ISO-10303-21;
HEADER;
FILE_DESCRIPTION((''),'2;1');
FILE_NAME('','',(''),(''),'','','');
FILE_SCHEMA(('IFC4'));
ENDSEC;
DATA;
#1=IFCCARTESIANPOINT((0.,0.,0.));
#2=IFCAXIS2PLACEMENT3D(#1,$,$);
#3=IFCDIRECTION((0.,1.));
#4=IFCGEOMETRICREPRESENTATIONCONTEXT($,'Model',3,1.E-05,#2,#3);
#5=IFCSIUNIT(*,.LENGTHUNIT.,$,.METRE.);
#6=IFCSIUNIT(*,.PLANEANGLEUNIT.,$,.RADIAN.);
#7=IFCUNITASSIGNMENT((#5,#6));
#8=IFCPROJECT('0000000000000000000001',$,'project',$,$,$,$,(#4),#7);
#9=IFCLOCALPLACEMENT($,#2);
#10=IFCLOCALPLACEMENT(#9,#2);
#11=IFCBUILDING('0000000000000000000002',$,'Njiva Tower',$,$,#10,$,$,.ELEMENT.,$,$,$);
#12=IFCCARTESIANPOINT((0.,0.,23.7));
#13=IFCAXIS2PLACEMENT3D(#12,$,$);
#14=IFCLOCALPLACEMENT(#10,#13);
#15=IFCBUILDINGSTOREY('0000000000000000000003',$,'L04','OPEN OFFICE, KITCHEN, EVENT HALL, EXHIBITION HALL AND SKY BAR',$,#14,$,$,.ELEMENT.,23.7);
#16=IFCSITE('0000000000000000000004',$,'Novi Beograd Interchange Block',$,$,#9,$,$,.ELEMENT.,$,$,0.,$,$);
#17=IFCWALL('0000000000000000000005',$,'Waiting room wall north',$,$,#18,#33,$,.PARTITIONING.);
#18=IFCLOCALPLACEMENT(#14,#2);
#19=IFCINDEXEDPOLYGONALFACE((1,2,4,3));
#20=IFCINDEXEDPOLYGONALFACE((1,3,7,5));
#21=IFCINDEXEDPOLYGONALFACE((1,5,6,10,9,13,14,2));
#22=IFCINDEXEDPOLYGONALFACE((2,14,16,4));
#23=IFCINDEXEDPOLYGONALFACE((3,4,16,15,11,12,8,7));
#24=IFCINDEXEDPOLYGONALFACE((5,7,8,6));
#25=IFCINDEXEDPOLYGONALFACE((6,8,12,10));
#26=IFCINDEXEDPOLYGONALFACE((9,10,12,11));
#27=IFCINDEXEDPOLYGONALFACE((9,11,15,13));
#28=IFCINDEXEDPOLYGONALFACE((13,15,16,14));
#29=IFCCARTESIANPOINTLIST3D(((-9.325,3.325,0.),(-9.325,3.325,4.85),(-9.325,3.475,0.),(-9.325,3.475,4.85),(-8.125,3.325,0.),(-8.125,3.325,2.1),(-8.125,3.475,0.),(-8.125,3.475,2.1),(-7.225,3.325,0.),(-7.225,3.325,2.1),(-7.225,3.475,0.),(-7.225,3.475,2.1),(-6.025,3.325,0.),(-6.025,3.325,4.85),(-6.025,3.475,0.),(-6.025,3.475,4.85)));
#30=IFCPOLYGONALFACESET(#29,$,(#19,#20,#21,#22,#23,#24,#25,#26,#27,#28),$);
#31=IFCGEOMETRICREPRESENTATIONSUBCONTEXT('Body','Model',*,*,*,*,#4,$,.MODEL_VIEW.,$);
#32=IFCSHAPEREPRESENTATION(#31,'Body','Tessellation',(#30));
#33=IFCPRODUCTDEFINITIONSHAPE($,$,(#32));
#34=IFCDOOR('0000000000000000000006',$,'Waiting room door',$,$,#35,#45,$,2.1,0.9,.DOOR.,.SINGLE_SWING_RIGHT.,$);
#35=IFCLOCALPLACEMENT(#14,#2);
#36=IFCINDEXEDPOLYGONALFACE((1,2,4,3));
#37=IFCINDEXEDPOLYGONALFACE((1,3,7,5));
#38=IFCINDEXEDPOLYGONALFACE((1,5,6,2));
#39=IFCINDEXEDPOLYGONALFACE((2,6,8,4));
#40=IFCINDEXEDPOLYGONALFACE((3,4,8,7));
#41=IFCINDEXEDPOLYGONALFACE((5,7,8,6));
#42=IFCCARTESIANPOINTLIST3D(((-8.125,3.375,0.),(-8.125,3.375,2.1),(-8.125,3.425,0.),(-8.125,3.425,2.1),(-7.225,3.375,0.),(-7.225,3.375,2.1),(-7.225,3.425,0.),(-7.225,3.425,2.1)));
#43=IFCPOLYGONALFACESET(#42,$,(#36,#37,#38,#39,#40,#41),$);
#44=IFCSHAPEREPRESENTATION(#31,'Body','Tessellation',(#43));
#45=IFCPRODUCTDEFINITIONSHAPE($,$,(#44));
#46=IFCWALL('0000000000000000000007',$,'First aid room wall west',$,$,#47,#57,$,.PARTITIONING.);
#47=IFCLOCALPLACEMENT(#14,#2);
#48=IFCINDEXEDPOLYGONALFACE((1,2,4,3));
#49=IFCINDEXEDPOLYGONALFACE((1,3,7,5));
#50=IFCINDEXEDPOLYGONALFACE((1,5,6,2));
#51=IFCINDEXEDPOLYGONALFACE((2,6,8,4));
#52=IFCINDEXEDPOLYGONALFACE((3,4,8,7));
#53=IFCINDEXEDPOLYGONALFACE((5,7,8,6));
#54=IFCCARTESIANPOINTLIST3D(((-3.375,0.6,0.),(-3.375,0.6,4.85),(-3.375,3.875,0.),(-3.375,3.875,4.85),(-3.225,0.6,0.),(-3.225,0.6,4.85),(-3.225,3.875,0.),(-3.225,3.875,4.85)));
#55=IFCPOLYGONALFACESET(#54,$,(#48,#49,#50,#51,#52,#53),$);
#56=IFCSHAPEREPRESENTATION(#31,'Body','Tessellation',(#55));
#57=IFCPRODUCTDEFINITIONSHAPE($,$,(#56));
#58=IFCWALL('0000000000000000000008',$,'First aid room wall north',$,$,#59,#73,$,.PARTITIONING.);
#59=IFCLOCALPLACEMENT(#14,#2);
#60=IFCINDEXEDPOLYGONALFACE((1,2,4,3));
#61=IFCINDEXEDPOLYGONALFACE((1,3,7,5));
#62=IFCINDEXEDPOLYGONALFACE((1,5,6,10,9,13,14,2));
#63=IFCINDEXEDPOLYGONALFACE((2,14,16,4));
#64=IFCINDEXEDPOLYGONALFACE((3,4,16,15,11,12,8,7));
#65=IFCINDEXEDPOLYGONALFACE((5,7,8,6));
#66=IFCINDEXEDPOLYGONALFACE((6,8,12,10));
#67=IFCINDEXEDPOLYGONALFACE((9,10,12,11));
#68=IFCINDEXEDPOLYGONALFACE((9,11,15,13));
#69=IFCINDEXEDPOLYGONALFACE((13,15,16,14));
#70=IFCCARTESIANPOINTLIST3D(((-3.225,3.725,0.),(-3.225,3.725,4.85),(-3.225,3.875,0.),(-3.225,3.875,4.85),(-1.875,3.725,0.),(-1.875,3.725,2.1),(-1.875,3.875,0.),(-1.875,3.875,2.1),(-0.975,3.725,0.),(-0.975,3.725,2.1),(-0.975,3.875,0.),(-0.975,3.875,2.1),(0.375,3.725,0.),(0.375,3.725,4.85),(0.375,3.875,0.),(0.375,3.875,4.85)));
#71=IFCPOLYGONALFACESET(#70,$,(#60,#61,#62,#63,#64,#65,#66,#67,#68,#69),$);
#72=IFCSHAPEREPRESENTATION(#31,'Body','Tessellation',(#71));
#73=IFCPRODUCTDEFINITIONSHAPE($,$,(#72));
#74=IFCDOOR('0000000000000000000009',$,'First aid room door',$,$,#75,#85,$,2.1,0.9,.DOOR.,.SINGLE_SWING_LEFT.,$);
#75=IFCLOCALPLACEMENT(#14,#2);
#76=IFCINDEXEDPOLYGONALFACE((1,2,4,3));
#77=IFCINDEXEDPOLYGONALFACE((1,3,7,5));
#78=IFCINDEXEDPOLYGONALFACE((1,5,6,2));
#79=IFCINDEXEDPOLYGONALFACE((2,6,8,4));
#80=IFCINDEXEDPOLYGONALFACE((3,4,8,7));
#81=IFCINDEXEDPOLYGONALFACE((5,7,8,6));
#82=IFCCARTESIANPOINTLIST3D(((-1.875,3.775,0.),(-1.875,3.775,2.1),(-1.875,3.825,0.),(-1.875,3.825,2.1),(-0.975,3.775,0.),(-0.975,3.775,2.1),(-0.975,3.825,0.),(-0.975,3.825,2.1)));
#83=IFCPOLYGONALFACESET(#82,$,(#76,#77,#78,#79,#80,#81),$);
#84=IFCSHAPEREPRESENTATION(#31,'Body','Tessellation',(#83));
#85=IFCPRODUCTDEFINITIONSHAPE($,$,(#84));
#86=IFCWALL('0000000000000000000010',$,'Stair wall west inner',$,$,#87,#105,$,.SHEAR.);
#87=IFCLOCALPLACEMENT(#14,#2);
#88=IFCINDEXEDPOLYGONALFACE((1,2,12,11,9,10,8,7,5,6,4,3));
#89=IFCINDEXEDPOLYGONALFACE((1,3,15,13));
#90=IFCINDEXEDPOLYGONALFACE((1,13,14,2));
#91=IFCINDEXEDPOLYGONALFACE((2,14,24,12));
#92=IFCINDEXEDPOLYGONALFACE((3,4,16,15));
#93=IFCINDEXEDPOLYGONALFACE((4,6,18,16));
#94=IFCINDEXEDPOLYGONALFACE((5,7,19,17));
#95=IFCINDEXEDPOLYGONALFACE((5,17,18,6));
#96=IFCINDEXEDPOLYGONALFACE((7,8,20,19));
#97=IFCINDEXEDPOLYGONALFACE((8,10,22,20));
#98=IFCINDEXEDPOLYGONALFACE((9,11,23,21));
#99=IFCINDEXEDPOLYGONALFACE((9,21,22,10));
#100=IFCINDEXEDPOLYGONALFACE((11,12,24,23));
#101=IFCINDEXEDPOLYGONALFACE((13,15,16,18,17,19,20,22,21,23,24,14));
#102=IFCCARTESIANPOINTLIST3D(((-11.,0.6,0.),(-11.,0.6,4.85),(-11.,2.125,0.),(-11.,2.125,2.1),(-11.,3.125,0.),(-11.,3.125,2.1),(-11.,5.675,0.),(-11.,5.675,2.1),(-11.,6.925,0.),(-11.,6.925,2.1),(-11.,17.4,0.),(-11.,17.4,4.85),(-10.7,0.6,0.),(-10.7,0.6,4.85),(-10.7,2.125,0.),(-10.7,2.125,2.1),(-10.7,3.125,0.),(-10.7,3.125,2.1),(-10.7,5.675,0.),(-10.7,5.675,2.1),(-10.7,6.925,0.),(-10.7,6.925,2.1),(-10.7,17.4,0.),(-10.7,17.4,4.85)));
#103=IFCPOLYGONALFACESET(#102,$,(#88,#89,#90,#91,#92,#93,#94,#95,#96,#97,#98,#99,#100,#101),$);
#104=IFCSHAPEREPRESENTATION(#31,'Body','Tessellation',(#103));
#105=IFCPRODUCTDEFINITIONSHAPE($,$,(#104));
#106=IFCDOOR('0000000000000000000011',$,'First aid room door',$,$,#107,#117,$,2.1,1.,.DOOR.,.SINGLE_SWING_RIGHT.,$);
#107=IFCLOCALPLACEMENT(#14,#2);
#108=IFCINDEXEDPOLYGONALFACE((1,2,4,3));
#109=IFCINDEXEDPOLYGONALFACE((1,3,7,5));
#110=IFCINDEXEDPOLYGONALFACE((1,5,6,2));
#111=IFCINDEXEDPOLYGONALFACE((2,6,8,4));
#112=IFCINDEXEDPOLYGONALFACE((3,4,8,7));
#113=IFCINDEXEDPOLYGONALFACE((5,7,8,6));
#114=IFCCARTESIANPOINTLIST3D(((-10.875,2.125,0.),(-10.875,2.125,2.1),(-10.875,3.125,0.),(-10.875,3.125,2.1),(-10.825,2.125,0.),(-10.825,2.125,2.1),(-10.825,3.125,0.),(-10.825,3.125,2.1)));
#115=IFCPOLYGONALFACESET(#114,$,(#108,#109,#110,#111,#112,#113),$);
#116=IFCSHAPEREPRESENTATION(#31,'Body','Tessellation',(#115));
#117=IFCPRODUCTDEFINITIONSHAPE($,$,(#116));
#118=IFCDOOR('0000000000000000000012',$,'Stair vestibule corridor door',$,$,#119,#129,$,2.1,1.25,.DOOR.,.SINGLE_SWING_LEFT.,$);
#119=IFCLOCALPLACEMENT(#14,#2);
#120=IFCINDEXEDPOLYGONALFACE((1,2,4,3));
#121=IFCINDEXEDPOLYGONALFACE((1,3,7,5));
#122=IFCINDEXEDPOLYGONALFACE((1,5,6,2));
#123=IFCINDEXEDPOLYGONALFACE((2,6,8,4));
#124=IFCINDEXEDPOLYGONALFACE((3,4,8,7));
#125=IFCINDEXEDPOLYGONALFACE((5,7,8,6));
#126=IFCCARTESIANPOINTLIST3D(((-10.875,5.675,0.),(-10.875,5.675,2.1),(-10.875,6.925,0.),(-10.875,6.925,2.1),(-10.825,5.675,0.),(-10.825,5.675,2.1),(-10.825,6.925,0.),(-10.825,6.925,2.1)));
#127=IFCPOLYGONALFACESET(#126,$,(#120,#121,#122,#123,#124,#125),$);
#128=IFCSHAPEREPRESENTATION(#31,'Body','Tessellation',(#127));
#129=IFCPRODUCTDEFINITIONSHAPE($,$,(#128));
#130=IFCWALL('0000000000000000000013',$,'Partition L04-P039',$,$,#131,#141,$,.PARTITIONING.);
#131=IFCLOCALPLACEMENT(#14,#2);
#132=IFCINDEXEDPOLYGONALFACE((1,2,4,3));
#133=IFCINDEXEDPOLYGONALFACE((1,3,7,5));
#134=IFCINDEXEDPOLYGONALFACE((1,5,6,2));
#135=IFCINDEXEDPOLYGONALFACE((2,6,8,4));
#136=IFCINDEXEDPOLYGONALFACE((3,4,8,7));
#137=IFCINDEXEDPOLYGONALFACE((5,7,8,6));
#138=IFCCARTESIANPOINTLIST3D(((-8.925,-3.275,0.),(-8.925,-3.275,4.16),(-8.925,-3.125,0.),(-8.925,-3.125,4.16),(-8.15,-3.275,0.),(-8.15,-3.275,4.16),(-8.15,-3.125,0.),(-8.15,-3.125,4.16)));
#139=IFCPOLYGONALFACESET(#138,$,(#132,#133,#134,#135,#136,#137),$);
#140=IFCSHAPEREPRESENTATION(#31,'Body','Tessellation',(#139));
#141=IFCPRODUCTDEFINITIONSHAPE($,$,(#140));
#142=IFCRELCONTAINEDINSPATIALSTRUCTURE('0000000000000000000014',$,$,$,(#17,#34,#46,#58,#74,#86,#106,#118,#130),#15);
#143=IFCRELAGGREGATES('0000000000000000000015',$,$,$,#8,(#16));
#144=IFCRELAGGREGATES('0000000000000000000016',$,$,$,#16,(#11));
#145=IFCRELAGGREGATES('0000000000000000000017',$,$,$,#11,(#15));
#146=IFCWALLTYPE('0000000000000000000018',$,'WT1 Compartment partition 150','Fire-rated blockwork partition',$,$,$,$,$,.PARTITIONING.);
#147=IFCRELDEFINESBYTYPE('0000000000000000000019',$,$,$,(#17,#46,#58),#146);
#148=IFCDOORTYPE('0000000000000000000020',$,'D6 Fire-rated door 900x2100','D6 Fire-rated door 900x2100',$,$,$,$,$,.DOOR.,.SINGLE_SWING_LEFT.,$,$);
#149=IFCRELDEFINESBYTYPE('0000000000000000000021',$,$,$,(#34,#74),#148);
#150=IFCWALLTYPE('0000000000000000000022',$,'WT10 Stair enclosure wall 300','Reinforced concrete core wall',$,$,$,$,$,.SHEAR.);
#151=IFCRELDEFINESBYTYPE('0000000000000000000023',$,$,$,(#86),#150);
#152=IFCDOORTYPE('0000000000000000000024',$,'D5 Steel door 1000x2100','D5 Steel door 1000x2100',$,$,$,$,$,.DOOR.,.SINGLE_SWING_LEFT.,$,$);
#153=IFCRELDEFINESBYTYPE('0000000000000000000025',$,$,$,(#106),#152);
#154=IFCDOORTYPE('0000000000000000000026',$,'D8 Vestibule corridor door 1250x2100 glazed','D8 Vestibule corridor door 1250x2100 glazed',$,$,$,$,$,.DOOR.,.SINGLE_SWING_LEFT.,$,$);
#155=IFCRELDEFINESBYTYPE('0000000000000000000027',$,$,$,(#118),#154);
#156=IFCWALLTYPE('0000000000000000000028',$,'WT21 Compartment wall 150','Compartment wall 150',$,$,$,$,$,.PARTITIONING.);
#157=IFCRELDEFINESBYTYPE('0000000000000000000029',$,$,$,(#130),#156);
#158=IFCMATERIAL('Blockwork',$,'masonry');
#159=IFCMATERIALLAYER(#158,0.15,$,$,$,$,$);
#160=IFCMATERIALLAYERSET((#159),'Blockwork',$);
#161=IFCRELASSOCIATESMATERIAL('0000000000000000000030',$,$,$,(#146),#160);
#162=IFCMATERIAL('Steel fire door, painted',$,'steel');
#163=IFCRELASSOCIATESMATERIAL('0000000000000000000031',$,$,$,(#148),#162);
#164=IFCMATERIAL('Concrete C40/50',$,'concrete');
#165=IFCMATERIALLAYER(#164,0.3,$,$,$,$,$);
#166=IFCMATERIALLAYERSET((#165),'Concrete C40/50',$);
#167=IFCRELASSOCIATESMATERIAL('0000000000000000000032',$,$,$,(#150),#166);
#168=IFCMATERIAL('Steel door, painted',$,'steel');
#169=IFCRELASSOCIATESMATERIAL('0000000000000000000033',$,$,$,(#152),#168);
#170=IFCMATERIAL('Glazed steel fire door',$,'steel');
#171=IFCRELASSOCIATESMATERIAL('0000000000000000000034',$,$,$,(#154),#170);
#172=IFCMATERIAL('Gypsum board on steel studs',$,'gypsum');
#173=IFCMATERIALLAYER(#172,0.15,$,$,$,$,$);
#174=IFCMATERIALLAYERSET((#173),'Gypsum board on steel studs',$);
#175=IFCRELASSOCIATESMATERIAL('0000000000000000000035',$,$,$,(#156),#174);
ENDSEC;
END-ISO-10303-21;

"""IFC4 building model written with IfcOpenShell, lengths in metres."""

from ifc_helpers import new_model, si_unit, direction, frame, frame_2d, origin, place, context, subcontext, project, spatial, rectangle, extrude, material, layer, layer_set, type_object, element, fill, save


model = new_model("IFC4")

# Units and contexts
model_context = context("Model", 3, precision=1e-05, world=origin(), true_north=direction((0.0, 1.0)))
body_context = subcontext(model_context, "Body", "Model", "MODEL_VIEW")
ifc_project = project(units=[si_unit("LENGTHUNIT", "METRE"), si_unit("PLANEANGLEUNIT", "RADIAN")], contexts=[model_context])

# Site, building, storey
site_placement = place(None, origin())
site = spatial("IfcSite", under=ifc_project, at=site_placement, Name="Novi Beograd Interchange Block", CompositionType="ELEMENT", RefElevation=0.0)
building_placement = place(site_placement, origin())
building = spatial("IfcBuilding", under=site, at=building_placement, Name="Njiva Tower", CompositionType="ELEMENT")
storey_placement = place(building_placement, frame((0.0, 0.0, 23.7)))
storey = spatial("IfcBuildingStorey", under=building, at=storey_placement, Name="L04", Description="OPEN OFFICE, KITCHEN, EVENT HALL, EXHIBITION HALL AND SKY BAR", CompositionType="ELEMENT", Elevation=23.7)

# Shared definitions
ifc_material_1 = material(Name="Blockwork", Category="masonry")
ifc_layer_1 = layer(ifc_material_1, 0.15)
ifc_layer_set_1 = layer_set([ifc_layer_1], Name="Blockwork")
wall_type_1 = type_object("IfcWallType", Name="WT1 Compartment partition 150", Description="Fire-rated blockwork partition", PredefinedType="PARTITIONING", material=ifc_layer_set_1)

# Wall, opening, door
wall_1_placement = place(storey_placement, frame((-9.325, 3.4, 0.0), z_axis=(0.0, 0.0, 1.0), x_axis=(1.0, 0.0, 0.0)))
wall_1 = element("IfcWall", 1, at=wall_1_placement, inside=storey, type_object=wall_type_1, Name="Waiting room wall north", PredefinedType="PARTITIONING", context=body_context, shape_type="SweptSolid", body=[
    extrude(rectangle(XDim=3.3, YDim=0.15, at=frame_2d((1.65, 0.0))), origin(), (0.0, 0.0, 1.0), 4.85),
])
opening_1_placement = place(wall_1_placement, frame((1.2, 0.0, 0.0)))
opening_1 = element("IfcOpeningElement", 2, at=opening_1_placement, cuts=wall_1, PredefinedType="OPENING", context=body_context, shape_type="SweptSolid", body=[
    extrude(rectangle(XDim=0.9, YDim=2.1, at=frame_2d((0.45, 1.05))), frame((0.0, 0.085, 0.0), z_axis=(0.0, -1.0, 0.0), x_axis=(1.0, 0.0, 0.0)), (0.0, 0.0, 1.0), 0.17),
])
ifc_material_2 = material(Name="Steel fire door, painted", Category="steel")
door_type_1 = type_object("IfcDoorType", Name="D6 Fire-rated door 900x2100", Description="D6 Fire-rated door 900x2100", OperationType="SINGLE_SWING_LEFT", PredefinedType="DOOR", material=ifc_material_2)
door_1_placement = place(opening_1_placement, origin())
door_1 = element("IfcDoor", 3, at=door_1_placement, inside=storey, type_object=door_type_1, Name="Waiting room door", OperationType="SINGLE_SWING_RIGHT", OverallHeight=2.1, OverallWidth=0.9, PredefinedType="DOOR", context=body_context, shape_type="SweptSolid", body=[
    extrude(rectangle(XDim=0.9, YDim=2.1, at=frame_2d((0.45, 1.05))), frame((0.0, 0.025, 0.0), z_axis=(0.0, -1.0, 0.0), x_axis=(1.0, 0.0, 0.0)), (0.0, 0.0, 1.0), 0.05),
])
fill(opening_1, door_1)

# Wall
wall_2_placement = place(storey_placement, frame((-3.3, 0.6, 0.0), z_axis=(0.0, 0.0, 1.0), x_axis=(0.0, 1.0, 0.0)))
element("IfcWall", 4, at=wall_2_placement, inside=storey, type_object=wall_type_1, Name="First aid room wall west", PredefinedType="PARTITIONING", context=body_context, shape_type="SweptSolid", body=[
    extrude(rectangle(XDim=3.275, YDim=0.15, at=frame_2d((1.6375, 0.0))), origin(), (0.0, 0.0, 1.0), 4.85),
])

# Wall, opening, door
wall_3_placement = place(storey_placement, frame((-3.225, 3.8, 0.0), z_axis=(0.0, 0.0, 1.0), x_axis=(1.0, 0.0, 0.0)))
wall_3 = element("IfcWall", 5, at=wall_3_placement, inside=storey, type_object=wall_type_1, Name="First aid room wall north", PredefinedType="PARTITIONING", context=body_context, shape_type="SweptSolid", body=[
    extrude(rectangle(XDim=3.6, YDim=0.15, at=frame_2d((1.8, 0.0))), origin(), (0.0, 0.0, 1.0), 4.85),
])
opening_2_placement = place(wall_3_placement, frame((1.35, 0.0, 0.0)))
opening_2 = element("IfcOpeningElement", 6, at=opening_2_placement, cuts=wall_3, PredefinedType="OPENING", context=body_context, shape_type="SweptSolid", body=[
    extrude(rectangle(XDim=0.9, YDim=2.1, at=frame_2d((0.45, 1.05))), frame((0.0, 0.085, 0.0), z_axis=(0.0, -1.0, 0.0), x_axis=(1.0, 0.0, 0.0)), (0.0, 0.0, 1.0), 0.17),
])
door_2_placement = place(opening_2_placement, origin())
door_2 = element("IfcDoor", 7, at=door_2_placement, inside=storey, type_object=door_type_1, Name="First aid room door", OperationType="SINGLE_SWING_LEFT", OverallHeight=2.1, OverallWidth=0.9, PredefinedType="DOOR", context=body_context, shape_type="SweptSolid", body=[
    extrude(rectangle(XDim=0.9, YDim=2.1, at=frame_2d((0.45, 1.05))), frame((0.0, 0.025, 0.0), z_axis=(0.0, -1.0, 0.0), x_axis=(1.0, 0.0, 0.0)), (0.0, 0.0, 1.0), 0.05),
])
fill(opening_2, door_2)

# Wall, openings, doors
ifc_material_3 = material(Name="Concrete C40/50", Category="concrete")
ifc_layer_2 = layer(ifc_material_3, 0.3)
ifc_layer_set_2 = layer_set([ifc_layer_2], Name="Concrete C40/50")
wall_type_2 = type_object("IfcWallType", Name="WT10 Stair enclosure wall 300", Description="Reinforced concrete core wall", PredefinedType="SHEAR", material=ifc_layer_set_2)
wall_4_placement = place(storey_placement, frame((-10.85, 0.6, 0.0), z_axis=(0.0, 0.0, 1.0), x_axis=(0.0, 1.0, 0.0)))
wall_4 = element("IfcWall", 8, at=wall_4_placement, inside=storey, type_object=wall_type_2, Name="Stair wall west inner", PredefinedType="SHEAR", context=body_context, shape_type="SweptSolid", body=[
    extrude(rectangle(XDim=16.8, YDim=0.3, at=frame_2d((8.4, 0.0))), origin(), (0.0, 0.0, 1.0), 4.85),
])
opening_3_placement = place(wall_4_placement, frame((5.075, 0.0, 0.0)))
opening_3 = element("IfcOpeningElement", 9, at=opening_3_placement, cuts=wall_4, PredefinedType="OPENING", context=body_context, shape_type="SweptSolid", body=[
    extrude(rectangle(XDim=1.25, YDim=2.1, at=frame_2d((0.625, 1.05))), frame((0.0, 0.16, 0.0), z_axis=(0.0, -1.0, 0.0), x_axis=(1.0, 0.0, 0.0)), (0.0, 0.0, 1.0), 0.32),
])
opening_4_placement = place(wall_4_placement, frame((1.525, 0.0, 0.0)))
opening_4 = element("IfcOpeningElement", 10, at=opening_4_placement, cuts=wall_4, PredefinedType="OPENING", context=body_context, shape_type="SweptSolid", body=[
    extrude(rectangle(XDim=1.0, YDim=2.1, at=frame_2d((0.5, 1.05))), frame((0.0, 0.16, 0.0), z_axis=(0.0, -1.0, 0.0), x_axis=(1.0, 0.0, 0.0)), (0.0, 0.0, 1.0), 0.32),
])
ifc_material_4 = material(Name="Steel door, painted", Category="steel")
door_type_2 = type_object("IfcDoorType", Name="D5 Steel door 1000x2100", Description="D5 Steel door 1000x2100", OperationType="SINGLE_SWING_LEFT", PredefinedType="DOOR", material=ifc_material_4)
door_3_placement = place(opening_4_placement, origin())
door_3 = element("IfcDoor", 11, at=door_3_placement, inside=storey, type_object=door_type_2, Name="First aid room door", OperationType="SINGLE_SWING_RIGHT", OverallHeight=2.1, OverallWidth=1.0, PredefinedType="DOOR", context=body_context, shape_type="SweptSolid", body=[
    extrude(rectangle(XDim=1.0, YDim=2.1, at=frame_2d((0.5, 1.05))), frame((0.0, 0.025, 0.0), z_axis=(0.0, -1.0, 0.0), x_axis=(1.0, 0.0, 0.0)), (0.0, 0.0, 1.0), 0.05),
])
fill(opening_4, door_3)
ifc_material_5 = material(Name="Glazed steel fire door", Category="steel")
door_type_3 = type_object("IfcDoorType", Name="D8 Vestibule corridor door 1250x2100 glazed", Description="D8 Vestibule corridor door 1250x2100 glazed", OperationType="SINGLE_SWING_LEFT", PredefinedType="DOOR", material=ifc_material_5)
door_4_placement = place(opening_3_placement, origin())
door_4 = element("IfcDoor", 12, at=door_4_placement, inside=storey, type_object=door_type_3, Name="Stair vestibule corridor door", OperationType="SINGLE_SWING_LEFT", OverallHeight=2.1, OverallWidth=1.25, PredefinedType="DOOR", context=body_context, shape_type="SweptSolid", body=[
    extrude(rectangle(XDim=1.25, YDim=2.1, at=frame_2d((0.625, 1.05))), frame((0.0, 0.025, 0.0), z_axis=(0.0, -1.0, 0.0), x_axis=(1.0, 0.0, 0.0)), (0.0, 0.0, 1.0), 0.05),
])
fill(opening_3, door_4)

# Wall
ifc_material_6 = material(Name="Gypsum board on steel studs", Category="gypsum")
ifc_layer_3 = layer(ifc_material_6, 0.15)
ifc_layer_set_3 = layer_set([ifc_layer_3], Name="Gypsum board on steel studs")
wall_type_3 = type_object("IfcWallType", Name="WT21 Compartment wall 150", Description="Compartment wall 150", PredefinedType="PARTITIONING", material=ifc_layer_set_3)
wall_5_placement = place(storey_placement, frame((-8.925, -3.2, 0.0), z_axis=(0.0, 0.0, 1.0), x_axis=(1.0, 0.0, 0.0)))
element("IfcWall", 13, at=wall_5_placement, inside=storey, type_object=wall_type_3, Name="Partition L04-P039", PredefinedType="PARTITIONING", context=body_context, shape_type="SweptSolid", body=[
    extrude(rectangle(XDim=0.775, YDim=0.15, at=frame_2d((0.3875, 0.0))), origin(), (0.0, 0.0, 1.0), 4.16),
])

save(model, "model.ifc")
